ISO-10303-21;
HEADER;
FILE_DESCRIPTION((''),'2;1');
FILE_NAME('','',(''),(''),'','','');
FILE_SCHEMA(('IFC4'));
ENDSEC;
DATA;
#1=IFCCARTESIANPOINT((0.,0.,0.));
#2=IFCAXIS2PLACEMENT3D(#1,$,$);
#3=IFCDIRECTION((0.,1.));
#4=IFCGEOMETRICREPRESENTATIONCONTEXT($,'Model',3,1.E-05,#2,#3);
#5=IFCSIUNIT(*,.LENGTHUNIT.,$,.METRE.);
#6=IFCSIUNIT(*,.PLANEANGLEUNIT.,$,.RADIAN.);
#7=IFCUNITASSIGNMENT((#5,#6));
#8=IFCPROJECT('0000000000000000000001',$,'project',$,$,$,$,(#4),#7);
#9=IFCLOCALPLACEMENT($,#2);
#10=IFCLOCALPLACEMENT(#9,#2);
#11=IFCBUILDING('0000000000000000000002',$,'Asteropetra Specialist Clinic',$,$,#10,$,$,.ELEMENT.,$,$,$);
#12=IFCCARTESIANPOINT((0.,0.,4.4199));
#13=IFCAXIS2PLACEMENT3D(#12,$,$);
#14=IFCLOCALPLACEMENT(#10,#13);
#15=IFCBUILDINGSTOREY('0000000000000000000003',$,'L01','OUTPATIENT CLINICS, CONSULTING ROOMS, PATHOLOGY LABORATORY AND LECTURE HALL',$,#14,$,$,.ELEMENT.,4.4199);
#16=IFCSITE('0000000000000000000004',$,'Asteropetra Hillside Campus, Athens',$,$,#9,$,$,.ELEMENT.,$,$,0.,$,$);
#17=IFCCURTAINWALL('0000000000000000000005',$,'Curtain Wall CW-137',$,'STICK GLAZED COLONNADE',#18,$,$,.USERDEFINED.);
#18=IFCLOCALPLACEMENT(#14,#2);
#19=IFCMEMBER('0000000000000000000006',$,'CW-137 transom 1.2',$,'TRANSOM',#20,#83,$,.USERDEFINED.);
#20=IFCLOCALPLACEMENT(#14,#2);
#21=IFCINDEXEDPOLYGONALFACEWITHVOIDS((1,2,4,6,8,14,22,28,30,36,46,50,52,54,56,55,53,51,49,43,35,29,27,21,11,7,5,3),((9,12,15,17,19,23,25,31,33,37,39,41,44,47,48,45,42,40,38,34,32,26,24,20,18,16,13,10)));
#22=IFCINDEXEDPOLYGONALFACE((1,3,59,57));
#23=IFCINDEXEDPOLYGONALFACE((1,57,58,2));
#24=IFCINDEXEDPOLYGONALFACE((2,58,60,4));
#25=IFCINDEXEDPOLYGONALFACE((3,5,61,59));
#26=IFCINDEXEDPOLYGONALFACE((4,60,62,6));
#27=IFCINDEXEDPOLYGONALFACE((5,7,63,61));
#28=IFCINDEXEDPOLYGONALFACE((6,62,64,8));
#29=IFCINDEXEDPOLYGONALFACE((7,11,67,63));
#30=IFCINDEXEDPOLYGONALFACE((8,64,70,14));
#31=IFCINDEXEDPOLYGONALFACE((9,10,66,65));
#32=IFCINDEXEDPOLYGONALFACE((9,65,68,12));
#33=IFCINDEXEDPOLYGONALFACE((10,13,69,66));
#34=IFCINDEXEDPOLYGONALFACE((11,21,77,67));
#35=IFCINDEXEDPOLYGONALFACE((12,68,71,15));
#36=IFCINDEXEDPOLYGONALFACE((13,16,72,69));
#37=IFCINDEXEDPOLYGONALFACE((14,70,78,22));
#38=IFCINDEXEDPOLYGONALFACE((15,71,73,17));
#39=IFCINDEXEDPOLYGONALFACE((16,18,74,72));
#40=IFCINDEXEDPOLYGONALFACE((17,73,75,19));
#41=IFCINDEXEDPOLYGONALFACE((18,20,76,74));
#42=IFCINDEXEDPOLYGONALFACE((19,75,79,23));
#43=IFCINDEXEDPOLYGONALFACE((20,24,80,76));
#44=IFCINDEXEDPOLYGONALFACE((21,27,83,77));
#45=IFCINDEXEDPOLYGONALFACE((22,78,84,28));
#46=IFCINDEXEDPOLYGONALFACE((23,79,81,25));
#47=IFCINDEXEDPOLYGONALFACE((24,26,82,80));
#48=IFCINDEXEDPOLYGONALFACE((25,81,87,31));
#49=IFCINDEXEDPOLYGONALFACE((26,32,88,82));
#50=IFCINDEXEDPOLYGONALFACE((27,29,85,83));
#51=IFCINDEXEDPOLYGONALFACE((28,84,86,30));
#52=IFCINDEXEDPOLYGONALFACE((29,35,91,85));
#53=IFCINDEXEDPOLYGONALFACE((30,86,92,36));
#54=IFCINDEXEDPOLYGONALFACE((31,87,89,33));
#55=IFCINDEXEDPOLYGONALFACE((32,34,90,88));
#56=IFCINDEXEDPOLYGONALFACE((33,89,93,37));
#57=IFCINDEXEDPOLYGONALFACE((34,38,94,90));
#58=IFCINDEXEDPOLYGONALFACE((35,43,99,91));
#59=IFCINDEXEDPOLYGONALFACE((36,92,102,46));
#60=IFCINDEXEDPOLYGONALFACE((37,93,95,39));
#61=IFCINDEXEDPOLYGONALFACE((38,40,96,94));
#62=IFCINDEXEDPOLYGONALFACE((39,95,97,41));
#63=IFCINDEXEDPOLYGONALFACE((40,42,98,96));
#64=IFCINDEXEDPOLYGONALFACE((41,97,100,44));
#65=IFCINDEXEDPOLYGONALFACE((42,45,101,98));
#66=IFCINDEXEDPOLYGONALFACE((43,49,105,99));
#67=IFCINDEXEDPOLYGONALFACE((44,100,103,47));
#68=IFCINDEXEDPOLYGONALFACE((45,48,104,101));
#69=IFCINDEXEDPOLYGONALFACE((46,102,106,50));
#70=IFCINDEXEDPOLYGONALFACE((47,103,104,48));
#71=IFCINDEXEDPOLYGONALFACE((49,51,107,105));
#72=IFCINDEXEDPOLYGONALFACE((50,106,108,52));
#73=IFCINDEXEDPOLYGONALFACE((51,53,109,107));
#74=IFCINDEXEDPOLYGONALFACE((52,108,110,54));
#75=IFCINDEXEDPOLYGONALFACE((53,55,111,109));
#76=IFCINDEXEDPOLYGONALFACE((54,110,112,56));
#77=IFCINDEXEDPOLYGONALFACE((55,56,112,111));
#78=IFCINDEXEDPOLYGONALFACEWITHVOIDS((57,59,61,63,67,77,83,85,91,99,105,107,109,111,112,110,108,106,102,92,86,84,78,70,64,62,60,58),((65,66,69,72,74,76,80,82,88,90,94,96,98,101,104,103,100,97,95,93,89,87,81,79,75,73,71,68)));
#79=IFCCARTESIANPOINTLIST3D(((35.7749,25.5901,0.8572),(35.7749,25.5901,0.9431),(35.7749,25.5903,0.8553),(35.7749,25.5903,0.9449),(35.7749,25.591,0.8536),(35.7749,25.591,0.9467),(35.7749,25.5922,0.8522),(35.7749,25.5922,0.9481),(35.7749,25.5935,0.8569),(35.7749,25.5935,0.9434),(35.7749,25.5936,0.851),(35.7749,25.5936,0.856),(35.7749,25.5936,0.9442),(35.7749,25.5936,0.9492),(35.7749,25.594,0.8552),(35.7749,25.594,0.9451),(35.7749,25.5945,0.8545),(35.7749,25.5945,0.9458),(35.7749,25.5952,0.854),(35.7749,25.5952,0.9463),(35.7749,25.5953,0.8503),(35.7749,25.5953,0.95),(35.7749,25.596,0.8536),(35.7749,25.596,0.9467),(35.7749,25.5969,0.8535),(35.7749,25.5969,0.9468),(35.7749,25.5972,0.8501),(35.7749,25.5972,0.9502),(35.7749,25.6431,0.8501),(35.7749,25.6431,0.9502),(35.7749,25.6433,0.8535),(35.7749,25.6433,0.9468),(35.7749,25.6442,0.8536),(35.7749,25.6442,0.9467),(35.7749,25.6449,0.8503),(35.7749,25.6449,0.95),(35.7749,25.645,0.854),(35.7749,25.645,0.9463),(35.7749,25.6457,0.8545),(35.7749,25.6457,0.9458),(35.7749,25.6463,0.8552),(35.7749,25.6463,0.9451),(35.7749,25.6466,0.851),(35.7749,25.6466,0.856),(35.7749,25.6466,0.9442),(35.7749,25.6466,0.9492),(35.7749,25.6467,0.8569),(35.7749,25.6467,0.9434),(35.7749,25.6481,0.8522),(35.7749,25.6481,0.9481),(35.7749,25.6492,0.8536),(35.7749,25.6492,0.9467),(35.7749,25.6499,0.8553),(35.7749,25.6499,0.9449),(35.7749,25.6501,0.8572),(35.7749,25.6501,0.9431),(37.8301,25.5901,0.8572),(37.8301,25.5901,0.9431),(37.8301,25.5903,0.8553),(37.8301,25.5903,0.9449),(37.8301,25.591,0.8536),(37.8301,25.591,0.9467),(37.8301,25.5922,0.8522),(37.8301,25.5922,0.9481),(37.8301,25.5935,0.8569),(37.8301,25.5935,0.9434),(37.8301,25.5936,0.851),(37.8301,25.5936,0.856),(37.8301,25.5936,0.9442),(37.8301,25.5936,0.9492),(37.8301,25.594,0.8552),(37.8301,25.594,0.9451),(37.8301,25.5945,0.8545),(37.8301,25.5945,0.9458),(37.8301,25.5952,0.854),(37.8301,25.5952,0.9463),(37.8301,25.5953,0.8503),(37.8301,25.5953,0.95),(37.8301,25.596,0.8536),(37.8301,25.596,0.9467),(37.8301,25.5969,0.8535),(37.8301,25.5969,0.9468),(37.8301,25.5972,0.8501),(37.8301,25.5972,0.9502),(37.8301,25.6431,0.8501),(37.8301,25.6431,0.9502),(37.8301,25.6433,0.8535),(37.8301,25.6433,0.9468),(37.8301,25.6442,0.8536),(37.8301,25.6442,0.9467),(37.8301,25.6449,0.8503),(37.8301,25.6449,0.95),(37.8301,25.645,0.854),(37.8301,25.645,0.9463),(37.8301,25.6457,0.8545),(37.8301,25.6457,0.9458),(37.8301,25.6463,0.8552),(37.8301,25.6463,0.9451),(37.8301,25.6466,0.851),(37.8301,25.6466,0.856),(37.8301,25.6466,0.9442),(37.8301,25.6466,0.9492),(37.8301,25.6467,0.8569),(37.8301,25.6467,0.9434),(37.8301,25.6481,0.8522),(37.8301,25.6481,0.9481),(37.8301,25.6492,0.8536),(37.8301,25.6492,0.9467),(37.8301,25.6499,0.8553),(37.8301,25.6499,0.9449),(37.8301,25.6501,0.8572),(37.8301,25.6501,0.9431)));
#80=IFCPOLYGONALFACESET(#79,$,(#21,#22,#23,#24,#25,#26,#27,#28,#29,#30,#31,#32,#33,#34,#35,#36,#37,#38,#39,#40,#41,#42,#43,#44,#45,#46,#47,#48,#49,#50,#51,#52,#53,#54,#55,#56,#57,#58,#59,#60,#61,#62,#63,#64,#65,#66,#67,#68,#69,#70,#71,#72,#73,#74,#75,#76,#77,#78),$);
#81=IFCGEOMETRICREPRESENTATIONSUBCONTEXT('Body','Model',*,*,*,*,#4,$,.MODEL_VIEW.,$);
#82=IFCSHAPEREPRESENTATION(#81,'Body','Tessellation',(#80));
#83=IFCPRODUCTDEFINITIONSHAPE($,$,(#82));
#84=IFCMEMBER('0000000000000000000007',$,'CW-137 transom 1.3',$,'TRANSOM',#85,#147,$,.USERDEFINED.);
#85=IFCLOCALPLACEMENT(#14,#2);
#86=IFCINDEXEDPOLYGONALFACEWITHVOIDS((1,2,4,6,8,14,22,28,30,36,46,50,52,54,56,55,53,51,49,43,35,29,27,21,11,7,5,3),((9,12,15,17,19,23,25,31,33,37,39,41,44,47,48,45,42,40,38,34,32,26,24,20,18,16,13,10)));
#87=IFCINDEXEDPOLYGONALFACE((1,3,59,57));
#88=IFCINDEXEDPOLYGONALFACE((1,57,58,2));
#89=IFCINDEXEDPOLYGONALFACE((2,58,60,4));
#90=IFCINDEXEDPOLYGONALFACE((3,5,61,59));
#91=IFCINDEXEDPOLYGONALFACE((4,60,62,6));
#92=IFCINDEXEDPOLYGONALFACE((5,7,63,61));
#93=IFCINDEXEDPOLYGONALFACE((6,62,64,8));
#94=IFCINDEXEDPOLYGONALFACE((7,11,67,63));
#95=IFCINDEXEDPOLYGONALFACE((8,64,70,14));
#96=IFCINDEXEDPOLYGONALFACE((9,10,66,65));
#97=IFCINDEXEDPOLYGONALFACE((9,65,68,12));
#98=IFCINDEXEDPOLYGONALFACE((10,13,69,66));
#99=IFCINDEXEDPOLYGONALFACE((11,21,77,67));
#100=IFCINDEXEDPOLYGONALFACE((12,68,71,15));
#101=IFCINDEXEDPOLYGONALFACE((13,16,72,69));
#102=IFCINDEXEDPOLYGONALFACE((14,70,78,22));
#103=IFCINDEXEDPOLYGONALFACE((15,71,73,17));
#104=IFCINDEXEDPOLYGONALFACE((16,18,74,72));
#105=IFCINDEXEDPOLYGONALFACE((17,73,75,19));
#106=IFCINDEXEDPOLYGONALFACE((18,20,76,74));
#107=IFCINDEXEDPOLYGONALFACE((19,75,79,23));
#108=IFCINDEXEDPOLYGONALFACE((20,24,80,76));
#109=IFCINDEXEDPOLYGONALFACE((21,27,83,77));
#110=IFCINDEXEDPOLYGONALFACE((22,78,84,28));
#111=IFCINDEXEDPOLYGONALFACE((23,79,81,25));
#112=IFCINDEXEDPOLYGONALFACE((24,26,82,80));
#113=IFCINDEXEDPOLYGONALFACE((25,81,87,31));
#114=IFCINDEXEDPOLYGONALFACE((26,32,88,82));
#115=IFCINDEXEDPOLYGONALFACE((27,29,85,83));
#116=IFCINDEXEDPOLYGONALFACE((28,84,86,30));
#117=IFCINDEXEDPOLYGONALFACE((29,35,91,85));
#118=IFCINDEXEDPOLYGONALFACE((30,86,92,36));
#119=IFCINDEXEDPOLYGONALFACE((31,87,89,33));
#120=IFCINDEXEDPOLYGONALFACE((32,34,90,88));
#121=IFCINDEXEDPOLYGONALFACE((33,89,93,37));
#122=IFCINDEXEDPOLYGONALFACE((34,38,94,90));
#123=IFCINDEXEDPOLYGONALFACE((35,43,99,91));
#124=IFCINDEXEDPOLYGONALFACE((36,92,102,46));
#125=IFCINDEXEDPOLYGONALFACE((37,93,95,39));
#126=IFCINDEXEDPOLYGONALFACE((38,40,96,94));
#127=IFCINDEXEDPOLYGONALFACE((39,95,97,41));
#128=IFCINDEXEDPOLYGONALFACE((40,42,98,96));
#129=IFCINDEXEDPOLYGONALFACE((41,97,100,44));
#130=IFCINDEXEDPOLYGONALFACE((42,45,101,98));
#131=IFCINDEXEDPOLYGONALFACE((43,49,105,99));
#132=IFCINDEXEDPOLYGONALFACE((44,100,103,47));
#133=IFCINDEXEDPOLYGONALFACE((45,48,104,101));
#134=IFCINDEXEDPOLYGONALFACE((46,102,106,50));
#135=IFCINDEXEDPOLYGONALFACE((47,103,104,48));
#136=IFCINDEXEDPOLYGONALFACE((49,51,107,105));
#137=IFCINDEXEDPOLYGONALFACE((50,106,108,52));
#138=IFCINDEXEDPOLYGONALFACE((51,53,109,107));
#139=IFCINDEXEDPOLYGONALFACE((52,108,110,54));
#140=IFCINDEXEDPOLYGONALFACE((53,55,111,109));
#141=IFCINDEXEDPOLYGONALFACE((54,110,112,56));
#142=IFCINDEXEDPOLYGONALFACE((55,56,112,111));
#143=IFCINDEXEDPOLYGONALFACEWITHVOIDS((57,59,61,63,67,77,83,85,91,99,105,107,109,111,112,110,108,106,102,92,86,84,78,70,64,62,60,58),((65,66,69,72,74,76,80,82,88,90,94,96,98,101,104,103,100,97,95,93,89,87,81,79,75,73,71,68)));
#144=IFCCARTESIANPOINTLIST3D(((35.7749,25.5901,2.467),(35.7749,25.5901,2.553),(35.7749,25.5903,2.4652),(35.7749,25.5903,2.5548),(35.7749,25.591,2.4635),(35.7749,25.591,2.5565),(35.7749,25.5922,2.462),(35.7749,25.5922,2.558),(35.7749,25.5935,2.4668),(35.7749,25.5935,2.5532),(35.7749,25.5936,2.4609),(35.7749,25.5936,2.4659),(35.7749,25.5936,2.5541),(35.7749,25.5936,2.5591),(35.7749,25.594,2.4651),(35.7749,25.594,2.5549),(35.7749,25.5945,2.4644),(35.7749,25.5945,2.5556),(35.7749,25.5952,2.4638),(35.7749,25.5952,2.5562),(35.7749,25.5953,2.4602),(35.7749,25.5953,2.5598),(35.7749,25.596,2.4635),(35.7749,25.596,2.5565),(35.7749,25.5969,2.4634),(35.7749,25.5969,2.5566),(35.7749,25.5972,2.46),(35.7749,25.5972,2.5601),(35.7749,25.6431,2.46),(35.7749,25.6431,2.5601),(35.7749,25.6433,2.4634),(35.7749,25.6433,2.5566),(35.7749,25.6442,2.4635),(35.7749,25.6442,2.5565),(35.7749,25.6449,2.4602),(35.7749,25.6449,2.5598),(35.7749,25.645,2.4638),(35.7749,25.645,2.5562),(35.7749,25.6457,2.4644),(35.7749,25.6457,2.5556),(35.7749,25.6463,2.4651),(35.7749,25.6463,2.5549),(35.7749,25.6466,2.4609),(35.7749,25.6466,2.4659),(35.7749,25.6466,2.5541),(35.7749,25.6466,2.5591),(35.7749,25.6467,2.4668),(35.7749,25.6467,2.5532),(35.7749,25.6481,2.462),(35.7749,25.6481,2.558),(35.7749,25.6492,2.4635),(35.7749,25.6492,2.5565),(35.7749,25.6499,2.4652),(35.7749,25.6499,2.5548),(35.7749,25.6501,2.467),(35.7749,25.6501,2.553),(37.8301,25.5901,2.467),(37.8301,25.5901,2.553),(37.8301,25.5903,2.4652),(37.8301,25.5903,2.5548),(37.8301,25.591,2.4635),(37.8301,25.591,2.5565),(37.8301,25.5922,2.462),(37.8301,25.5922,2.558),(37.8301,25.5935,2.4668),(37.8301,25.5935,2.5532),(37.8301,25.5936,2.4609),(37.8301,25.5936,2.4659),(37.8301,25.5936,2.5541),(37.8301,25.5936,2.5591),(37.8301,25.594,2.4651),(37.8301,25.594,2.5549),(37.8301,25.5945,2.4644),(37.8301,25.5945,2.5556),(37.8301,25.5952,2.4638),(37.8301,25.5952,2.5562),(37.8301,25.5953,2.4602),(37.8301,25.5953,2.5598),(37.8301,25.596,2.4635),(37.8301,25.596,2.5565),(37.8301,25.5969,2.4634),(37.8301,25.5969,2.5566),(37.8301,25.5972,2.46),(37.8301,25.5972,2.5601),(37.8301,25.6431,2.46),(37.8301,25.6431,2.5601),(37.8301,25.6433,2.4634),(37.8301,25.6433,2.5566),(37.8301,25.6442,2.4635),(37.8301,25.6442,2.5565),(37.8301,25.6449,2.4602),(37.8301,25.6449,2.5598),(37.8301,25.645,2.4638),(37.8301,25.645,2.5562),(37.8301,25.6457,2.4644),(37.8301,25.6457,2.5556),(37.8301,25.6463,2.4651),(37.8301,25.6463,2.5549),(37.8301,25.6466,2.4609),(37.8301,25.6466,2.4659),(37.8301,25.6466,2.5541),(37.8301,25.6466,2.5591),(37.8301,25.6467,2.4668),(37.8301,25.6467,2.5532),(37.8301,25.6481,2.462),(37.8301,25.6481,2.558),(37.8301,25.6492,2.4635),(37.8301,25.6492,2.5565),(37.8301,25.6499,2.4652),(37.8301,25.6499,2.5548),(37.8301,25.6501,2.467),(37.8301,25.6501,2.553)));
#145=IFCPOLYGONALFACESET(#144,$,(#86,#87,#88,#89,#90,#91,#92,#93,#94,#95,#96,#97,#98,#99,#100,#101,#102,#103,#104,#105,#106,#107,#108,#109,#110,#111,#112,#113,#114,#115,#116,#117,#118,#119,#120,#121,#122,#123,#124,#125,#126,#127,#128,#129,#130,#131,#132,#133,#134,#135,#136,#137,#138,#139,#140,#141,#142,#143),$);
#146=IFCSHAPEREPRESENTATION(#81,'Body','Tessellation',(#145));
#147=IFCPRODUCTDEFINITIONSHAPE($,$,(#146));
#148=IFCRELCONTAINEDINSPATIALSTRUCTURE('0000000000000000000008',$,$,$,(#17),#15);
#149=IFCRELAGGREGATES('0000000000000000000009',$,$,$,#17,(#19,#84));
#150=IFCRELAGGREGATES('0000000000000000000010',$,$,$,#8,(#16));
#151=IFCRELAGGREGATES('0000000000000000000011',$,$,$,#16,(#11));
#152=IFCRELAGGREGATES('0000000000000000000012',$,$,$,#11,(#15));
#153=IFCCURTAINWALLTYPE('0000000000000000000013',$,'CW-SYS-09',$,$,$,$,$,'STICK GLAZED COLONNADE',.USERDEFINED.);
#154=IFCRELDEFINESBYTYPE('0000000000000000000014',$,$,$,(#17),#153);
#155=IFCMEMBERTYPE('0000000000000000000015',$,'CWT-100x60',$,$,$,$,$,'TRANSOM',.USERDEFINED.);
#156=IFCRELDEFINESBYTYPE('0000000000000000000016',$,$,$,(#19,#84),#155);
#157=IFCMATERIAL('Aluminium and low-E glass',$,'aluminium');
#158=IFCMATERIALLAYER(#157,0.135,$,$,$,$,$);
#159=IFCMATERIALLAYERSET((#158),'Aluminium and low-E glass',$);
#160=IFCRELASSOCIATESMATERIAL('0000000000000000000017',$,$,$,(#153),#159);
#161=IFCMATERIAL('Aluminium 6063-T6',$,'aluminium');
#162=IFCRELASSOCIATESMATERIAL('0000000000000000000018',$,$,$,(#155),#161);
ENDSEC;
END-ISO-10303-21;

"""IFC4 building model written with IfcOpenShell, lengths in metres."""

from ifc_helpers import new_model, si_unit, direction, frame, origin, origin_2d, place, context, subcontext, project, spatial, hollow_rectangle, extrude, material, layer, layer_set, material_profile, profile_set, type_object, element, aggregate, save


model = new_model("IFC4")

# Units and contexts
model_context = context("Model", 3, precision=1e-05, world=origin(), true_north=direction((0.0, 1.0)))
body_context = subcontext(model_context, "Body", "Model", "MODEL_VIEW")
ifc_project = project(units=[si_unit("LENGTHUNIT", "METRE"), si_unit("PLANEANGLEUNIT", "RADIAN")], contexts=[model_context])

# Site, building, storey
site_placement = place(None, origin())
site = spatial("IfcSite", under=ifc_project, at=site_placement, Name="Asteropetra Hillside Campus, Athens", CompositionType="ELEMENT", RefElevation=0.0)
building_placement = place(site_placement, origin())
building = spatial("IfcBuilding", under=site, at=building_placement, Name="Asteropetra Specialist Clinic", CompositionType="ELEMENT")
storey_placement = place(building_placement, frame((0.0, 0.0, 4.4199)))
storey = spatial("IfcBuildingStorey", under=building, at=storey_placement, Name="L01", Description="OUTPATIENT CLINICS, CONSULTING ROOMS, PATHOLOGY LABORATORY AND LECTURE HALL", CompositionType="ELEMENT", Elevation=4.4199)

# Curtain wall
ifc_material_1 = material(Name="Aluminium and low-E glass", Category="aluminium")
ifc_layer_1 = layer(ifc_material_1, 0.135)
ifc_layer_set_1 = layer_set([ifc_layer_1], Name="Aluminium and low-E glass")
curtain_wall_type_1 = type_object("IfcCurtainWallType", Name="CW-SYS-09", ElementType="STICK GLAZED COLONNADE", PredefinedType="USERDEFINED", material=ifc_layer_set_1)
curtain_wall_1_placement = place(storey_placement, origin())
curtain_wall_1 = element("IfcCurtainWall", 1, at=curtain_wall_1_placement, inside=storey, type_object=curtain_wall_type_1, Name="Curtain Wall CW-137", ObjectType="STICK GLAZED COLONNADE", PredefinedType="USERDEFINED")

# Members
ifc_material_2 = material(Name="Aluminium 6063-T6", Category="aluminium")
ifc_material_profile_1 = material_profile(ifc_material_2, hollow_rectangle(XDim=0.0601, YDim=0.1001, WallThickness=0.0034, InnerFilletRadius=0.0034, OuterFilletRadius=0.0071, at=origin_2d()), Name="TRN 100x60x3.5")
ifc_profile_set_1 = profile_set([ifc_material_profile_1], Name="Aluminium 6063-T6")
member_type_1 = type_object("IfcMemberType", Name="CWT-100x60", ElementType="TRANSOM", PredefinedType="USERDEFINED", material=ifc_profile_set_1)
member_1_placement = place(storey_placement, frame((37.8301, 25.6201, 0.9001), z_axis=(-1.0, 0.0, 0.0), x_axis=(0.0, -1.0, 0.0)))
member_1 = element("IfcMember", 2, at=member_1_placement, type_object=member_type_1, Name="CW-137 transom 1.2", ObjectType="TRANSOM", PredefinedType="USERDEFINED", context=body_context, shape_type="SweptSolid", body=[
    extrude(hollow_rectangle(XDim=0.0601, YDim=0.1001, WallThickness=0.0034, InnerFilletRadius=0.0034, OuterFilletRadius=0.0071, at=origin_2d()), origin(), (0.0, 0.0, 1.0), 2.0552),
])
member_2_placement = place(storey_placement, frame((37.8301, 25.6201, 2.51), z_axis=(-1.0, 0.0, 0.0), x_axis=(0.0, -1.0, 0.0)))
member_2 = element("IfcMember", 3, at=member_2_placement, type_object=member_type_1, Name="CW-137 transom 1.3", ObjectType="TRANSOM", PredefinedType="USERDEFINED", context=body_context, shape_type="SweptSolid", body=[
    extrude(hollow_rectangle(XDim=0.0601, YDim=0.1001, WallThickness=0.0034, InnerFilletRadius=0.0034, OuterFilletRadius=0.0071, at=origin_2d()), origin(), (0.0, 0.0, 1.0), 2.0552),
])
aggregate(curtain_wall_1, [member_1, member_2])

save(model, "model.ifc")
